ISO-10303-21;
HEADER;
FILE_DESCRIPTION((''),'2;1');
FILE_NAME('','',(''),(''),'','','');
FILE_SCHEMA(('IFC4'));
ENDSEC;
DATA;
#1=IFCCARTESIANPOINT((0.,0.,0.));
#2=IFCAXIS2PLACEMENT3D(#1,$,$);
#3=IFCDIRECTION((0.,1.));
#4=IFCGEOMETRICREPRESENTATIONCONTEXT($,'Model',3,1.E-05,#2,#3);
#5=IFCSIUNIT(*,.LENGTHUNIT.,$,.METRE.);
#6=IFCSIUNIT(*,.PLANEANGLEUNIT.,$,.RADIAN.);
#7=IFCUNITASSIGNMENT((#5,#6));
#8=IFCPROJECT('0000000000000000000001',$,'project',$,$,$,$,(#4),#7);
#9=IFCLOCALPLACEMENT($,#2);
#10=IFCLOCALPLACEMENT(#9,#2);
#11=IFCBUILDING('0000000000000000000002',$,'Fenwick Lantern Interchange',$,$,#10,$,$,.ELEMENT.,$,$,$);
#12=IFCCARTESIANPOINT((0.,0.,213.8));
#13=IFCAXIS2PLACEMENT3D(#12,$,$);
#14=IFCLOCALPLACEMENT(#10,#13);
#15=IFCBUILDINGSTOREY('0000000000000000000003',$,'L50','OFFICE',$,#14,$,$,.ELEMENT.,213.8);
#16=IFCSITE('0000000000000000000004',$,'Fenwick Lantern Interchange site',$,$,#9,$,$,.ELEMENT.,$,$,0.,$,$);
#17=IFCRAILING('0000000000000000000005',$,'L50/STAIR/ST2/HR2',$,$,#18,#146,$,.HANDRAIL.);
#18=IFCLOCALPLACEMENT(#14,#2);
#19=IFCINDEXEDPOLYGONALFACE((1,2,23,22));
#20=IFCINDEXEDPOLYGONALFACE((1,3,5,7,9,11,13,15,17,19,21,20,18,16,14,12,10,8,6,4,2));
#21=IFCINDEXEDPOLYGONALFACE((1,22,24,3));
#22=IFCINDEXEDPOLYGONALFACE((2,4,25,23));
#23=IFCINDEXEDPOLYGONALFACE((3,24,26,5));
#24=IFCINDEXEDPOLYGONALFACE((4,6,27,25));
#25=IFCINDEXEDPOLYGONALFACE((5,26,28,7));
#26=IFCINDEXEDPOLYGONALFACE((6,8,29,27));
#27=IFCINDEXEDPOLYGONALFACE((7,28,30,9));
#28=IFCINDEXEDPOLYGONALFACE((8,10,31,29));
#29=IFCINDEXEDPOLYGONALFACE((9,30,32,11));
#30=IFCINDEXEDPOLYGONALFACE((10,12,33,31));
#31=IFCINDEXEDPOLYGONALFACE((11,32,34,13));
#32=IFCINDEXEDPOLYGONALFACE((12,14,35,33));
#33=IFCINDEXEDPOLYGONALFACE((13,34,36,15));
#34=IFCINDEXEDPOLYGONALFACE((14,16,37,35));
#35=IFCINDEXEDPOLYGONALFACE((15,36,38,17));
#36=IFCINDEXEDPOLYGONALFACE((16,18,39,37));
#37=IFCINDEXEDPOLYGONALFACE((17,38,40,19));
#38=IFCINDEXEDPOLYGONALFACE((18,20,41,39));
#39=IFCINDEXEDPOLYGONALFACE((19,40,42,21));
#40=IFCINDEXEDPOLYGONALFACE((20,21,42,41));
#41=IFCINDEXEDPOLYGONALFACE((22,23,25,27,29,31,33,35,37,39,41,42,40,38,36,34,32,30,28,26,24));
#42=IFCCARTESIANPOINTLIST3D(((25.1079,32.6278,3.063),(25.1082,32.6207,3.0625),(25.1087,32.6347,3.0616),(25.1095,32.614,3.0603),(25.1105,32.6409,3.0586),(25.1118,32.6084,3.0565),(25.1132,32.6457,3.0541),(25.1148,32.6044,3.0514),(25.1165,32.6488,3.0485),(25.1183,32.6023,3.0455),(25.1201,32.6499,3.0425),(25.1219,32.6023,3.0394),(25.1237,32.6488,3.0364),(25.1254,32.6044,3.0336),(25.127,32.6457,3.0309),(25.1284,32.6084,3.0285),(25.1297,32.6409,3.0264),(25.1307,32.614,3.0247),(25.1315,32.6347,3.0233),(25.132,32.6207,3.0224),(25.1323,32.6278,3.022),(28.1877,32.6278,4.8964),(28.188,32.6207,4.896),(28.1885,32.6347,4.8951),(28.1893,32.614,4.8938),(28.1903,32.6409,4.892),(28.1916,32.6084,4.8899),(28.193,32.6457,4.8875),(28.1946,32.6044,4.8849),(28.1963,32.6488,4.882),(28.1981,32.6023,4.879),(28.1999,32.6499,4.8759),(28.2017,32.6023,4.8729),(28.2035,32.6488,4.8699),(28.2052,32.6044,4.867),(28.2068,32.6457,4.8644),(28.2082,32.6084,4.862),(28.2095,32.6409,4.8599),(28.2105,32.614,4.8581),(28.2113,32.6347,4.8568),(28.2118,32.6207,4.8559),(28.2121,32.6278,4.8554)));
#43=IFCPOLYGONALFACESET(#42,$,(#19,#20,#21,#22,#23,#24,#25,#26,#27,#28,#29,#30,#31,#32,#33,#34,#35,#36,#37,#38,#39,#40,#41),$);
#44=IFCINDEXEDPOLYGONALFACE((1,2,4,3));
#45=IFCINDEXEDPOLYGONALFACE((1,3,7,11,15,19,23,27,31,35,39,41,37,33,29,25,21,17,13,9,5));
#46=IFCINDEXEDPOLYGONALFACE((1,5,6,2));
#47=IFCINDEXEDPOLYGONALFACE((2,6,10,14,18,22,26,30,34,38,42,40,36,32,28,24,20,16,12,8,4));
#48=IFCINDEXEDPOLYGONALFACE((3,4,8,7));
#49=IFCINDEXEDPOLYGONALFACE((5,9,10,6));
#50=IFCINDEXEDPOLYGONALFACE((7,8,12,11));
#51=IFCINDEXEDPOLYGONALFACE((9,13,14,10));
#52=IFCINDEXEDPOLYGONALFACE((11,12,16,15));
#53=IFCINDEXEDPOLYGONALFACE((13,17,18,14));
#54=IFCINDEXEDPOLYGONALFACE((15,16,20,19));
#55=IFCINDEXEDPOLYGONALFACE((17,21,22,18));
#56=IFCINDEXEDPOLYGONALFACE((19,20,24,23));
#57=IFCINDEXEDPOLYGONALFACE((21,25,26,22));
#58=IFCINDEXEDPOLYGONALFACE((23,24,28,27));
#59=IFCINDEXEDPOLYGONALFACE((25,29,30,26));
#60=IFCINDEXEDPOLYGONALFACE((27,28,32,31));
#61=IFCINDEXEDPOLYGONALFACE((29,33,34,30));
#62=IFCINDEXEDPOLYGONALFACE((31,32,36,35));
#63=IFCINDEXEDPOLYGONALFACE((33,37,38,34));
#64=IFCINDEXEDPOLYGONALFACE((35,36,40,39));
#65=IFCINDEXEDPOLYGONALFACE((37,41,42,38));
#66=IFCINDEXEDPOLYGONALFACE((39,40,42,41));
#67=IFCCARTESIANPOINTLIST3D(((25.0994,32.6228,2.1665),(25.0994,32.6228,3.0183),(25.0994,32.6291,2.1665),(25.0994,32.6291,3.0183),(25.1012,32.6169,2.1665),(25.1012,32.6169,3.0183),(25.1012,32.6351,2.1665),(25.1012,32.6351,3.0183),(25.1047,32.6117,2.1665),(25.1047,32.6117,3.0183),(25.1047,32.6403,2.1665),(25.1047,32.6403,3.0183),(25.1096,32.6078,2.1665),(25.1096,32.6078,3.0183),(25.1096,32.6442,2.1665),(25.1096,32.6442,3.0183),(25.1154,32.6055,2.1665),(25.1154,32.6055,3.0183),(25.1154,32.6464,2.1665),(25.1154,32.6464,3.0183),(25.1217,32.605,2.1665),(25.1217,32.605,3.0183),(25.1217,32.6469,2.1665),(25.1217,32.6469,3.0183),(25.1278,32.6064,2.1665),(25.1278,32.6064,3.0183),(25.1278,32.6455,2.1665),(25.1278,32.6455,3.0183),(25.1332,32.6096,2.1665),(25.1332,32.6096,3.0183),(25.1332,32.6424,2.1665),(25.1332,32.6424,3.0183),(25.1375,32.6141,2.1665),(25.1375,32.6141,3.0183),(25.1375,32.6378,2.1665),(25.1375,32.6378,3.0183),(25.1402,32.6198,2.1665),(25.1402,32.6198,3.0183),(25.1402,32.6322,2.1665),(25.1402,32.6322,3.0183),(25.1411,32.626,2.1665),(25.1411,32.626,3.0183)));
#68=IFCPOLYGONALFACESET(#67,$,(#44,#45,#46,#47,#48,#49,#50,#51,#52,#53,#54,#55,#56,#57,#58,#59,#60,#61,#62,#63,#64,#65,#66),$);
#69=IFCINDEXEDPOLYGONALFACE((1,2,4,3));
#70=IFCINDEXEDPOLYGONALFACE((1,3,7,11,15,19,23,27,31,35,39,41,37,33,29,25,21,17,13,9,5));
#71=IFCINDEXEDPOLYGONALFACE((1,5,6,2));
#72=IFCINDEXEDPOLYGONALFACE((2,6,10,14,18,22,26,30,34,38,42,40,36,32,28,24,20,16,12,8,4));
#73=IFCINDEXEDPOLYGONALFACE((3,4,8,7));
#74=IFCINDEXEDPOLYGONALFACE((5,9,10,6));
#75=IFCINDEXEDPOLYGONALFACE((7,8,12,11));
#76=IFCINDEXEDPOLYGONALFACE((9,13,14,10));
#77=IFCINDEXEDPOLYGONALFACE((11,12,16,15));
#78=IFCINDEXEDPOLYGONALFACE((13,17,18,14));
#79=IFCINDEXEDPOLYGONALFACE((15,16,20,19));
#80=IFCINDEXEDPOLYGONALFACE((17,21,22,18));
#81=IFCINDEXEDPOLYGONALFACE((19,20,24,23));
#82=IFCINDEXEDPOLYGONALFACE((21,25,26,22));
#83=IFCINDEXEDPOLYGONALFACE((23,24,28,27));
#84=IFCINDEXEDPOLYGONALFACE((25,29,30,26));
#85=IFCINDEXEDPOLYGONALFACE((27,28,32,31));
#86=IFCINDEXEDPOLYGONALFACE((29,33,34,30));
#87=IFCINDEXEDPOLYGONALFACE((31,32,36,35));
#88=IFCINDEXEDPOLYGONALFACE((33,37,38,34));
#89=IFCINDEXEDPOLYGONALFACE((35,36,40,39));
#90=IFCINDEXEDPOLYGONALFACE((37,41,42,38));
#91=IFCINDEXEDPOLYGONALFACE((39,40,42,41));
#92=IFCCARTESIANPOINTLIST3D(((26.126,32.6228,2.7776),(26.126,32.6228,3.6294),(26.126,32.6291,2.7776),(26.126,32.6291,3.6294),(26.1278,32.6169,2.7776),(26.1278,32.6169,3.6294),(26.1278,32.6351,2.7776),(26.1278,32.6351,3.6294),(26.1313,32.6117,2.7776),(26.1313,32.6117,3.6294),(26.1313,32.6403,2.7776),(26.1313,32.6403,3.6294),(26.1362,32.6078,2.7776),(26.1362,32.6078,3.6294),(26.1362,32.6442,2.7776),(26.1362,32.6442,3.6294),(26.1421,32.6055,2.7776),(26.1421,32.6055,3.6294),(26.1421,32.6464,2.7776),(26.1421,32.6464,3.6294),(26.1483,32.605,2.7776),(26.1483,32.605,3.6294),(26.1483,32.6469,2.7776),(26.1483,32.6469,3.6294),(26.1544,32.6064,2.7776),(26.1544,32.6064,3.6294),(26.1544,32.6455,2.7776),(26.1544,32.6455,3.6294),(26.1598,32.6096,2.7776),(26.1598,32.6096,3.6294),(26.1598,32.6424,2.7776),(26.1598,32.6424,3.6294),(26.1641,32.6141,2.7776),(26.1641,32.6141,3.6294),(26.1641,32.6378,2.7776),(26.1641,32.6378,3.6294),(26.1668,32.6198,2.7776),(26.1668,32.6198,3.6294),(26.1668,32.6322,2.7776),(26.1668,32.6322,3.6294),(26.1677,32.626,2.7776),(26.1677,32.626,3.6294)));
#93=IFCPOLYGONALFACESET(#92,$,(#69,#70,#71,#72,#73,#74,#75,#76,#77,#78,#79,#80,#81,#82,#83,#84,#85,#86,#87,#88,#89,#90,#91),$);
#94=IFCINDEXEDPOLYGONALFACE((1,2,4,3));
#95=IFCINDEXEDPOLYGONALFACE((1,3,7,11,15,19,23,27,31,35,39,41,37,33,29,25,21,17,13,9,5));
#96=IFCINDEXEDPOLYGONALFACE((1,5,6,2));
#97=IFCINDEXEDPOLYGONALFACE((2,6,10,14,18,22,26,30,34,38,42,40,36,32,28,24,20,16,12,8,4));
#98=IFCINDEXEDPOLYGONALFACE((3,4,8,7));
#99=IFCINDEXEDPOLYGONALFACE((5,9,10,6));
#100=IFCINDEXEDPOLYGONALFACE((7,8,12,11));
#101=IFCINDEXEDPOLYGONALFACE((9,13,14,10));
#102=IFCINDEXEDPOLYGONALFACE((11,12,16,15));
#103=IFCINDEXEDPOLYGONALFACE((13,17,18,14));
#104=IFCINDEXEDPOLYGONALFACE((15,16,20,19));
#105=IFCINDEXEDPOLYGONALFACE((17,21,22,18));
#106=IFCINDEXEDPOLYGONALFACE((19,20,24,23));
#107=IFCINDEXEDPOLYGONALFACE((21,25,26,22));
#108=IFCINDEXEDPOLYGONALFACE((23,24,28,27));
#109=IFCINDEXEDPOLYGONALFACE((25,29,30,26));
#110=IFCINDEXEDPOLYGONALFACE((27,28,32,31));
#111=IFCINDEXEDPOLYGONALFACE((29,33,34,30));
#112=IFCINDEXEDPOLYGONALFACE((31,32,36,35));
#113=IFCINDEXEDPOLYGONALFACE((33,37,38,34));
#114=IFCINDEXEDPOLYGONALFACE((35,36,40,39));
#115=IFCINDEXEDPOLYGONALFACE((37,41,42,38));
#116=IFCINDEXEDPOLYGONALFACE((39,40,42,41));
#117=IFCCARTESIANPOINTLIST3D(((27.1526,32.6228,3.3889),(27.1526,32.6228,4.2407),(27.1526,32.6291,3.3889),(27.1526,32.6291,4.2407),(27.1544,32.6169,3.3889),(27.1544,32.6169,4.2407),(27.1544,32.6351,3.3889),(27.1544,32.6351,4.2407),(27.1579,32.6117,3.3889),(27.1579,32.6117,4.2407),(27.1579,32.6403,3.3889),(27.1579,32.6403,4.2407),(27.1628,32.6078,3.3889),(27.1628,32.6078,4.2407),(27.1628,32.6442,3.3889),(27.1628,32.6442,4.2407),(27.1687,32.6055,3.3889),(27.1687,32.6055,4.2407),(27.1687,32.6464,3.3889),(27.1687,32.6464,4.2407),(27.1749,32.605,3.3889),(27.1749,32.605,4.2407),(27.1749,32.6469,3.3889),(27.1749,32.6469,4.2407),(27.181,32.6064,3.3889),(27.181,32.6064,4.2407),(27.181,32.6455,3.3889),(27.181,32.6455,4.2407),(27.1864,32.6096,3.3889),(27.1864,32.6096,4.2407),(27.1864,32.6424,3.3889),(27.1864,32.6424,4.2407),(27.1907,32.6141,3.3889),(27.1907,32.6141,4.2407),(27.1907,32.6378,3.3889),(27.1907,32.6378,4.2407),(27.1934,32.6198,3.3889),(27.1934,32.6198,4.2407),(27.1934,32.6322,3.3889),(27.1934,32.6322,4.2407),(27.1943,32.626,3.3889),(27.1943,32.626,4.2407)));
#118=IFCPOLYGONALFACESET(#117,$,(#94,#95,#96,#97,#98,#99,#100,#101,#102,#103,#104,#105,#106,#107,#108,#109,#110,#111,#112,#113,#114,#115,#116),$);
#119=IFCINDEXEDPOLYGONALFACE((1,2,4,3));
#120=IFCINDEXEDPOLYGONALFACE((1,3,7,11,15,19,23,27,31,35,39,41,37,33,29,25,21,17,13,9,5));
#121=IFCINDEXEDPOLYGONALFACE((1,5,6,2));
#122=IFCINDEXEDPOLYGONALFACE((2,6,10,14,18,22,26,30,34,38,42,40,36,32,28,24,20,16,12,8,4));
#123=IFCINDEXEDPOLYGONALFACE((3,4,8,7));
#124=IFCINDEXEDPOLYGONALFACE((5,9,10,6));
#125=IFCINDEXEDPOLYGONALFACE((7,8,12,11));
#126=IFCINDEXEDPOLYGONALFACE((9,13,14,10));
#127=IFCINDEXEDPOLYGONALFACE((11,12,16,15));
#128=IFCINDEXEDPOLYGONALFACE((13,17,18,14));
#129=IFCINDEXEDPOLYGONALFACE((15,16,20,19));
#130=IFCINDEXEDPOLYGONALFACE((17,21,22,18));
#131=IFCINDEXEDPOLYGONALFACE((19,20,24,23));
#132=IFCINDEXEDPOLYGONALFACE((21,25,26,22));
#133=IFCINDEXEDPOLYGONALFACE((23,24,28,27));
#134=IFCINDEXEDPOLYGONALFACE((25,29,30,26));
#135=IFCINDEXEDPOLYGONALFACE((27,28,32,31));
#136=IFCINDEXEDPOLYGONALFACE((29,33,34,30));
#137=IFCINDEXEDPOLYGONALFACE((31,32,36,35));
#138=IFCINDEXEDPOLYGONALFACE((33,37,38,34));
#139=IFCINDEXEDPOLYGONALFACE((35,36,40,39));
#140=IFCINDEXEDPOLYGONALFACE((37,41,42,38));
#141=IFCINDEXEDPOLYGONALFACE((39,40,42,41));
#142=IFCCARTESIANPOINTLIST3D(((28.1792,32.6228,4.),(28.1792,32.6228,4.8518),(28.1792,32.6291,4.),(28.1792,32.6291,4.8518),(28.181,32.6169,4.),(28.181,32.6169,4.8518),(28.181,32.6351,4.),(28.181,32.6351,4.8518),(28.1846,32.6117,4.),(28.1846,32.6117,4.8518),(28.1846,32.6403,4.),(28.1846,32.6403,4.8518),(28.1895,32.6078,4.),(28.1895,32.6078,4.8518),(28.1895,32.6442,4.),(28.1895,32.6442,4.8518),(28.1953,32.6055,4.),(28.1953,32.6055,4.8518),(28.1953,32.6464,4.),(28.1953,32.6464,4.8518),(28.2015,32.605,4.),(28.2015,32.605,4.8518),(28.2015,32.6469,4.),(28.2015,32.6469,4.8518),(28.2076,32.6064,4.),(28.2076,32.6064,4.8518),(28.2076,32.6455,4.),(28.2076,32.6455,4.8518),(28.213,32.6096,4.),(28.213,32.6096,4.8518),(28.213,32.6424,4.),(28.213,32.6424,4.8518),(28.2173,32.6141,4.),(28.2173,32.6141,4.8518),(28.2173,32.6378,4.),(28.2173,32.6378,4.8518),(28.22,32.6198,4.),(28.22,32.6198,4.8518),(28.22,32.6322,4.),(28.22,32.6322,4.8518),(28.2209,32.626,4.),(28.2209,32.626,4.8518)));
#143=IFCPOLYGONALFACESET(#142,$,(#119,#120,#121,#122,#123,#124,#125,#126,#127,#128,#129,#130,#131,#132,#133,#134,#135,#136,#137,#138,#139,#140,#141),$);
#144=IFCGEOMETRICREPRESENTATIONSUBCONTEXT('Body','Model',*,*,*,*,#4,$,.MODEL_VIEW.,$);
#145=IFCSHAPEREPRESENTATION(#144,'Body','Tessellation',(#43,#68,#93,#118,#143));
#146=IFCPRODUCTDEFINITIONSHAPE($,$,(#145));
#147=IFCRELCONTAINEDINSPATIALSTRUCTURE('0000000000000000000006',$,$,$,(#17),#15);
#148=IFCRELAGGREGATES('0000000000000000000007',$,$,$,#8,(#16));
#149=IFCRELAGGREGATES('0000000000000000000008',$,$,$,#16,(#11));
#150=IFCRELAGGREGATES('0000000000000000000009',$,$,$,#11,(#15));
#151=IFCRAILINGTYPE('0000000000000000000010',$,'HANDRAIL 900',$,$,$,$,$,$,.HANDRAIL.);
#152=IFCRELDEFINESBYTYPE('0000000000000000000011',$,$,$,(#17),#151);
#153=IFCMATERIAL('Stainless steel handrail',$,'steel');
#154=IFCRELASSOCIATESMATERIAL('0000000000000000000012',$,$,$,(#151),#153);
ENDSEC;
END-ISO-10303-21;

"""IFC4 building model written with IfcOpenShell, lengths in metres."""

from ifc_helpers import new_model, si_unit, direction, frame, origin, origin_2d, place, context, subcontext, project, spatial, circle, extrude, material, type_object, element, save


model = new_model("IFC4")

# Units and contexts
model_context = context("Model", 3, precision=1e-05, world=origin(), true_north=direction((0.0, 1.0)))
body_context = subcontext(model_context, "Body", "Model", "MODEL_VIEW")
ifc_project = project(units=[si_unit("LENGTHUNIT", "METRE"), si_unit("PLANEANGLEUNIT", "RADIAN")], contexts=[model_context])

# Site, building, storey
site_placement = place(None, origin())
site = spatial("IfcSite", under=ifc_project, at=site_placement, Name="Fenwick Lantern Interchange site", CompositionType="ELEMENT", RefElevation=0.0)
building_placement = place(site_placement, origin())
building = spatial("IfcBuilding", under=site, at=building_placement, Name="Fenwick Lantern Interchange", CompositionType="ELEMENT")
storey_placement = place(building_placement, frame((0.0, 0.0, 213.8)))
storey = spatial("IfcBuildingStorey", under=building, at=storey_placement, Name="L50", Description="OFFICE", CompositionType="ELEMENT", Elevation=213.8)

# Railing
ifc_material_1 = material(Name="Stainless steel handrail", Category="steel")
railing_type = type_object("IfcRailingType", Name="HANDRAIL 900", PredefinedType="HANDRAIL", material=ifc_material_1)
railing_1_placement = place(storey_placement, frame((25.1201, 32.626, 2.1665)))
element("IfcRailing", 1, at=railing_1_placement, inside=storey, type_object=railing_type, Name="L50/STAIR/ST2/HR2", PredefinedType="HANDRAIL", context=body_context, shape_type="SweptSolid", body=[
    extrude(circle(Radius=0.0239, at=origin_2d()), frame((0.0, 0.0, 0.876), z_axis=(0.859261, 0.0, 0.511538), x_axis=(0.0, 1.0, 0.0)), (0.0, 0.0, 1.0), 3.5842),
    extrude(circle(Radius=0.021, at=origin_2d()), origin(), (0.0, 0.0, 1.0), 0.8518),
    extrude(circle(Radius=0.021, at=origin_2d()), frame((1.0266, 0.0, 0.6111)), (0.0, 0.0, 1.0), 0.8518),
    extrude(circle(Radius=0.021, at=origin_2d()), frame((2.0532, 0.0, 1.2224)), (0.0, 0.0, 1.0), 0.8518),
    extrude(circle(Radius=0.021, at=origin_2d()), frame((3.0798, 0.0, 1.8335)), (0.0, 0.0, 1.0), 0.8518),
])

save(model, "model.ifc")
